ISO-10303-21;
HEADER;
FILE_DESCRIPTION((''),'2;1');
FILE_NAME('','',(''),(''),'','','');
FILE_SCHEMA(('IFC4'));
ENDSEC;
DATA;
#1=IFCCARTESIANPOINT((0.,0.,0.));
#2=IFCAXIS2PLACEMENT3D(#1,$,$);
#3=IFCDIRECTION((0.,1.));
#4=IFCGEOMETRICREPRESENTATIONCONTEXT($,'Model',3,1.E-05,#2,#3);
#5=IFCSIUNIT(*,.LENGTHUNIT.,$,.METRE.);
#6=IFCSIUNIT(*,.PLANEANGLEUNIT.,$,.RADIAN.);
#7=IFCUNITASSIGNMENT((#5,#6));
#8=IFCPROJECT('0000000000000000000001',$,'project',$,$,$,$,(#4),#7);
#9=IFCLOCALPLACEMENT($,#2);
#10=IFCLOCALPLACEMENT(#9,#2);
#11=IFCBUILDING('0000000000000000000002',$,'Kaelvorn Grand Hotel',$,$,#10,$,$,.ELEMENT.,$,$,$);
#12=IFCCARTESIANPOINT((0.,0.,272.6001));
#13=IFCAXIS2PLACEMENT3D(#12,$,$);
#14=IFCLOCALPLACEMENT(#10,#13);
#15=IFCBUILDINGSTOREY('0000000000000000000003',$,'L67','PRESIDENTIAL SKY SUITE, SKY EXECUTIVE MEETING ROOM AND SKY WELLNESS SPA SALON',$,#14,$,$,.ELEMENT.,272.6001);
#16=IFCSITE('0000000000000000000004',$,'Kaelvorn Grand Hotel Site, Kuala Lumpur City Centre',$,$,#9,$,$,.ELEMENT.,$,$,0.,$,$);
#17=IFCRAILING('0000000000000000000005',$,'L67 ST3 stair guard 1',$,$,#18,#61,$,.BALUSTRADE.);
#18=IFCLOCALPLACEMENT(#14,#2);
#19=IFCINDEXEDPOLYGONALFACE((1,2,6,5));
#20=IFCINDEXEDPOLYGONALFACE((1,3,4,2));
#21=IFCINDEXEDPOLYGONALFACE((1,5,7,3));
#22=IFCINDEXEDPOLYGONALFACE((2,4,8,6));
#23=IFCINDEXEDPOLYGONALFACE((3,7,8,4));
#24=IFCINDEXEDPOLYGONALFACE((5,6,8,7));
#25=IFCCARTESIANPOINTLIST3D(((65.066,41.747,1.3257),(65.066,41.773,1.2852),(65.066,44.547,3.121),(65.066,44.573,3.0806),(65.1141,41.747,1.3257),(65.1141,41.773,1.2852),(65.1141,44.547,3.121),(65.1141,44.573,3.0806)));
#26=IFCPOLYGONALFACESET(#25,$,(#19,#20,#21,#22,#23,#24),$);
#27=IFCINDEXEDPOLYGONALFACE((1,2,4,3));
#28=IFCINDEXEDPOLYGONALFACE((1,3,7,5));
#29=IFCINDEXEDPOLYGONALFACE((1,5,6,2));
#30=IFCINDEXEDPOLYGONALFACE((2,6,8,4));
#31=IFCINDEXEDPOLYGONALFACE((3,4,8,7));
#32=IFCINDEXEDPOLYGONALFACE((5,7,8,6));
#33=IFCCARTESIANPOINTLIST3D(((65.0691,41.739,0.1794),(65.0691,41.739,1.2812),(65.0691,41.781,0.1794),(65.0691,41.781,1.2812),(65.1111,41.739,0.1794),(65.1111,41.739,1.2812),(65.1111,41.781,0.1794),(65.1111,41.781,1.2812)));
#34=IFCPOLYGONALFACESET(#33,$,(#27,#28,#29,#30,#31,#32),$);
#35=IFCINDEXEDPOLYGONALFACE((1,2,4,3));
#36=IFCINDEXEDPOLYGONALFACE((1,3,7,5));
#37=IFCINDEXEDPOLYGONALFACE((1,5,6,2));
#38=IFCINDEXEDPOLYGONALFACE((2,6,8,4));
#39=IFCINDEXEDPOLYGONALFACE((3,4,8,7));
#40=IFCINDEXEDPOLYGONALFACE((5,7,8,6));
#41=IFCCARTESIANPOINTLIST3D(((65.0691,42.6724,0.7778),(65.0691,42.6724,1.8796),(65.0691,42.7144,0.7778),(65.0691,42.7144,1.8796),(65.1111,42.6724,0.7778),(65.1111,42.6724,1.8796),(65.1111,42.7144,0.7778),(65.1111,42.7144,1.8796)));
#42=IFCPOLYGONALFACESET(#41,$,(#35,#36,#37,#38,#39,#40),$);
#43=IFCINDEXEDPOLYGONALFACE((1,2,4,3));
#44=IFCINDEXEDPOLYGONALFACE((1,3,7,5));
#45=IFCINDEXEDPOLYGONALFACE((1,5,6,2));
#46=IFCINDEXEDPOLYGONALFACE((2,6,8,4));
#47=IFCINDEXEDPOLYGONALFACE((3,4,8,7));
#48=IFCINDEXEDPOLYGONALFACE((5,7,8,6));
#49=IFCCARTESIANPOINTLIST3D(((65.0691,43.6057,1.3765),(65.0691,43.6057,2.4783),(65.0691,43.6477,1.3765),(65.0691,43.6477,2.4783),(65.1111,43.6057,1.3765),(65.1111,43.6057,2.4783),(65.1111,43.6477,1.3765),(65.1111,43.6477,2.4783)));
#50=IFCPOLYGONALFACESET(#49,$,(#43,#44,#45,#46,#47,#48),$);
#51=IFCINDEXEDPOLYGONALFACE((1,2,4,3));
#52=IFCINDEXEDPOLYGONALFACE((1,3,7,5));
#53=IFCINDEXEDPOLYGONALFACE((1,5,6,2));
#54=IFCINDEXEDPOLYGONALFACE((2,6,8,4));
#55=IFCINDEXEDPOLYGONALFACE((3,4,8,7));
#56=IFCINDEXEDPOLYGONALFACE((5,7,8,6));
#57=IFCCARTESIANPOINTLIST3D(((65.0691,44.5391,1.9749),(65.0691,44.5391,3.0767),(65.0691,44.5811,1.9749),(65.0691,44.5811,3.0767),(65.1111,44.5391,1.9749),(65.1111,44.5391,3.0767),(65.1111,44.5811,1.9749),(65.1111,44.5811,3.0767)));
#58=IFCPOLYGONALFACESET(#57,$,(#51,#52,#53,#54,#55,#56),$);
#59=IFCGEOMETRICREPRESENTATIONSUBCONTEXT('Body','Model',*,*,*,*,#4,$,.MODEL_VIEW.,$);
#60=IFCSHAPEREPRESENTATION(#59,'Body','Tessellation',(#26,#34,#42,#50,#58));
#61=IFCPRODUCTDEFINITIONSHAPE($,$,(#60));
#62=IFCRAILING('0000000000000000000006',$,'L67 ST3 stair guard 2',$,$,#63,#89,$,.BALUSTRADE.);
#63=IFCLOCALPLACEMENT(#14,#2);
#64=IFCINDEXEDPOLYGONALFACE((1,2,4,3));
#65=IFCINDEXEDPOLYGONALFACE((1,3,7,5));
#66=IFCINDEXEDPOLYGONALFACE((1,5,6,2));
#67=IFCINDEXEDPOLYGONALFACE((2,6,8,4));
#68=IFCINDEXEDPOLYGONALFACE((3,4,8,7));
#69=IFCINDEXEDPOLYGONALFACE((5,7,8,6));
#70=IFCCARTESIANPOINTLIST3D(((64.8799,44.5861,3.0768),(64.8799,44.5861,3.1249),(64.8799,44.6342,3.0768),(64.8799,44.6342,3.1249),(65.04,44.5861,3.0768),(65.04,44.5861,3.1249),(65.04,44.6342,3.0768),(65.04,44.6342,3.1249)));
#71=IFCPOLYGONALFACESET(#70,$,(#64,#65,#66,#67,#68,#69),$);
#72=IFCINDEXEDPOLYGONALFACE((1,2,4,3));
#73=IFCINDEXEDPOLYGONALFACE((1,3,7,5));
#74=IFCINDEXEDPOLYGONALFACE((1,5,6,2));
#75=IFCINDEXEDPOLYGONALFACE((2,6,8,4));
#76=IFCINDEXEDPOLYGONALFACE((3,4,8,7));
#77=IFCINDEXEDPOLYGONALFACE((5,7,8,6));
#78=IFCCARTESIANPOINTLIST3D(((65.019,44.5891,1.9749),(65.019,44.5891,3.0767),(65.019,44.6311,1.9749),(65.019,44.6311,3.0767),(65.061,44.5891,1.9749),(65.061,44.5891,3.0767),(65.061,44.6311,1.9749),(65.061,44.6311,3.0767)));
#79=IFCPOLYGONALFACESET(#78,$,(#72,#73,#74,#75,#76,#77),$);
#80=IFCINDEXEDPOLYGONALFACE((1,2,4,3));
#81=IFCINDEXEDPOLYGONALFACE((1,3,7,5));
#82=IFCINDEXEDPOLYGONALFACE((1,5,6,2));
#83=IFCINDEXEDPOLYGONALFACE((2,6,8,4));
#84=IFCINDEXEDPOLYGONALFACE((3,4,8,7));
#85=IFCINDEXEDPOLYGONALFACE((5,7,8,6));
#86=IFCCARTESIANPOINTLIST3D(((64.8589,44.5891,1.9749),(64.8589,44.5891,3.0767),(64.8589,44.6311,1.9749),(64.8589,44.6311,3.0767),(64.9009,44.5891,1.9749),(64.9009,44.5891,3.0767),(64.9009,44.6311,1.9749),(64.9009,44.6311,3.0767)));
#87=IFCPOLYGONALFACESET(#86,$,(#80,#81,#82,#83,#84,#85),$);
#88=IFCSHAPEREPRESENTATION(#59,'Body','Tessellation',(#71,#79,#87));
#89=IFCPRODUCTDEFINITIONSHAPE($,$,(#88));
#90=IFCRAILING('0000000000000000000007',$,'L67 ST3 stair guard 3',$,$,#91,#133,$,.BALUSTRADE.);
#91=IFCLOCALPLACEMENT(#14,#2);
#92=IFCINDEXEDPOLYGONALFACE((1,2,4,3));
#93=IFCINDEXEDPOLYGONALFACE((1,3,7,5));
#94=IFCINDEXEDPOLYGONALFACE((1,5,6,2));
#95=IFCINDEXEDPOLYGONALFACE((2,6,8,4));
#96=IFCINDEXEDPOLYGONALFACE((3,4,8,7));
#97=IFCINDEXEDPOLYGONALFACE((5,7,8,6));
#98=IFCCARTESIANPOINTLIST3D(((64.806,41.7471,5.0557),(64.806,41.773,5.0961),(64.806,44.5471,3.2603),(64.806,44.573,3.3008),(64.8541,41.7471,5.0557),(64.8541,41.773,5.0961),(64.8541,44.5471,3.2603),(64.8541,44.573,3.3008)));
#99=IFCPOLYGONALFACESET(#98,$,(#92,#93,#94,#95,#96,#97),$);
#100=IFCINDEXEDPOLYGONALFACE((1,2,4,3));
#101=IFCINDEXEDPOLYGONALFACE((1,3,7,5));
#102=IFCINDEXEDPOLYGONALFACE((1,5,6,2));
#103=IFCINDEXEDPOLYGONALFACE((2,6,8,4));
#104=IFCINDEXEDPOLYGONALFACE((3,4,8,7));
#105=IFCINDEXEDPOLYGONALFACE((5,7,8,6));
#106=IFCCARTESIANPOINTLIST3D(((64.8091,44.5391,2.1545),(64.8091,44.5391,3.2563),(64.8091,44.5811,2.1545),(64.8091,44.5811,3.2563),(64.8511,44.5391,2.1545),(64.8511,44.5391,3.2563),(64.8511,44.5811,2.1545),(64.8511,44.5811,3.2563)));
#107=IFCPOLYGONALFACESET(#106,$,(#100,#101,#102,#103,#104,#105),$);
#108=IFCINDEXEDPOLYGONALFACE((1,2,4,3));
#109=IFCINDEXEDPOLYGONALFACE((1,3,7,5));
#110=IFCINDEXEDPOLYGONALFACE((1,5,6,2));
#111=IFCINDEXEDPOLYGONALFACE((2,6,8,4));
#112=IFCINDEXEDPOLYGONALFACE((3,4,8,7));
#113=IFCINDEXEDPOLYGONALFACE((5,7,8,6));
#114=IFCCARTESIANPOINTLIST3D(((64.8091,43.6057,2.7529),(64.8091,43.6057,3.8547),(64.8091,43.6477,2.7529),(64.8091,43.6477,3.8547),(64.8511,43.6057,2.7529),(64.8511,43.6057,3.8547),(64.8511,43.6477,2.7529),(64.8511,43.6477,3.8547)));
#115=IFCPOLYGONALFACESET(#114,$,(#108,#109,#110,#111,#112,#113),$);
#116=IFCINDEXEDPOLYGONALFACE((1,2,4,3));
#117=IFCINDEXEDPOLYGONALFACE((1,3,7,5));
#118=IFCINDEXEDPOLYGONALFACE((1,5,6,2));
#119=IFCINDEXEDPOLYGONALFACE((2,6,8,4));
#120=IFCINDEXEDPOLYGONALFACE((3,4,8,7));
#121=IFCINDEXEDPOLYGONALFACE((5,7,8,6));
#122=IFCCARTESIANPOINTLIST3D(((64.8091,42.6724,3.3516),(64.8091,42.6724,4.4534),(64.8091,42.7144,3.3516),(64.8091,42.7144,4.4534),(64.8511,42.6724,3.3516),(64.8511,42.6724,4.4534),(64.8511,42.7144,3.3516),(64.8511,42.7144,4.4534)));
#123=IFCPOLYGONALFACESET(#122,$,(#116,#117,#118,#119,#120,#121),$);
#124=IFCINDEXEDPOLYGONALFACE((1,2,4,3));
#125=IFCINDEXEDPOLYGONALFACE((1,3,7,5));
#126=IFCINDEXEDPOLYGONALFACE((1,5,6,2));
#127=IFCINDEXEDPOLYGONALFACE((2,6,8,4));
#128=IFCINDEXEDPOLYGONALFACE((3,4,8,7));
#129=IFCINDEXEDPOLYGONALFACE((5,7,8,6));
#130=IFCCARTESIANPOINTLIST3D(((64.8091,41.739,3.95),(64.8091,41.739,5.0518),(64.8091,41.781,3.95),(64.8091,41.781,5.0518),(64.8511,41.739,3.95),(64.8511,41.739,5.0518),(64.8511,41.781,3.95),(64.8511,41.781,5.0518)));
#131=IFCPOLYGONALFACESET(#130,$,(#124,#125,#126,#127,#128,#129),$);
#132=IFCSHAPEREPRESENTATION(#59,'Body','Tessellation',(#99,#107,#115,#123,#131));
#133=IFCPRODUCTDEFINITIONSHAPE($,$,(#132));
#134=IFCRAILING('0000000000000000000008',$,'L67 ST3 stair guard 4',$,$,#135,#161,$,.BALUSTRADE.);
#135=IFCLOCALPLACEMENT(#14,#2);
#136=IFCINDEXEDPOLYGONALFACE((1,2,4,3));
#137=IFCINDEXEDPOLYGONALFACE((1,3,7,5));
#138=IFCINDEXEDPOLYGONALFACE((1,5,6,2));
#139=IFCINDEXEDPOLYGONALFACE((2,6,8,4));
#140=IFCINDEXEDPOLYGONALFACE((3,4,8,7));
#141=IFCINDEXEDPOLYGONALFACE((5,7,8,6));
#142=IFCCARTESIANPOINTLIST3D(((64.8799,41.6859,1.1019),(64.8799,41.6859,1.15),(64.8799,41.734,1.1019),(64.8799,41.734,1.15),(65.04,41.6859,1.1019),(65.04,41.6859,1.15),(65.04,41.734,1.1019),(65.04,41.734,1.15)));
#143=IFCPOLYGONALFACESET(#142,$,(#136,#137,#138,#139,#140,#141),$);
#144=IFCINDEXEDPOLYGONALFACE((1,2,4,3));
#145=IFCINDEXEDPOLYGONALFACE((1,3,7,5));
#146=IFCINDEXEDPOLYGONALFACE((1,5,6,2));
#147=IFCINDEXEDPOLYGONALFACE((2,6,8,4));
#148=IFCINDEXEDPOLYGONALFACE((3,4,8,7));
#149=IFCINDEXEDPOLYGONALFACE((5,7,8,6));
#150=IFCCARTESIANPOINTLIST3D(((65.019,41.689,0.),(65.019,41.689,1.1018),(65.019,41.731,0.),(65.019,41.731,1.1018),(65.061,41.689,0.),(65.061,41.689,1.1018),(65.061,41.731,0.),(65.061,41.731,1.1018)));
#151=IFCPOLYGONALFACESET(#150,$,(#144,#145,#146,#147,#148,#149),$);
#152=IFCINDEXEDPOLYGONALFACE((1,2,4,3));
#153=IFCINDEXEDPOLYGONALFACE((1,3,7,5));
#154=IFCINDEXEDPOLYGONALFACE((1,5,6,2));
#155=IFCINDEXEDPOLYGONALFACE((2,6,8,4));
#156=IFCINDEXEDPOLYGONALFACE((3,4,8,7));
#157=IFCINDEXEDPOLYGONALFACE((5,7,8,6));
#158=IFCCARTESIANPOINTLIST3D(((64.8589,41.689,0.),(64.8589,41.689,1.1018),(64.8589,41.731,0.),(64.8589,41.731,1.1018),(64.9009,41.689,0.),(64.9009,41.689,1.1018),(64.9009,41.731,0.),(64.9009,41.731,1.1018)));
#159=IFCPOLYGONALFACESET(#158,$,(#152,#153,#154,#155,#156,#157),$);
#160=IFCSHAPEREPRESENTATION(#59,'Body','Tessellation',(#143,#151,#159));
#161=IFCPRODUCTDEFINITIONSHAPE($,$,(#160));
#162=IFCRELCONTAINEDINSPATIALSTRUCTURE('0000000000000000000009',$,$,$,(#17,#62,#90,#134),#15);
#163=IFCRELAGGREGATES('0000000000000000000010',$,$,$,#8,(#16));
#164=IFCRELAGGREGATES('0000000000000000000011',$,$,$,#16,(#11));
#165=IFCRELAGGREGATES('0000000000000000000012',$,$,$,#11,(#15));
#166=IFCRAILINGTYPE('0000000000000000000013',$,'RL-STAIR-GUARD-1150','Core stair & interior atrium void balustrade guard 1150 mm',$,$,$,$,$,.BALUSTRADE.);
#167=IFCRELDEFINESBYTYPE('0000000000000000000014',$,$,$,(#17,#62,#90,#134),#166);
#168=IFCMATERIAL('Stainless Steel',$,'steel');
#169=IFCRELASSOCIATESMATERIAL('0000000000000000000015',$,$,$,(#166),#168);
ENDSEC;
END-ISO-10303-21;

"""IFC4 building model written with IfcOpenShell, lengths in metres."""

from ifc_helpers import new_model, si_unit, direction, frame, origin, origin_2d, place, context, subcontext, project, spatial, rectangle, extrude, material, type_object, element, save


model = new_model("IFC4")

# Units and contexts
model_context = context("Model", 3, precision=1e-05, world=origin(), true_north=direction((0.0, 1.0)))
body_context = subcontext(model_context, "Body", "Model", "MODEL_VIEW")
ifc_project = project(units=[si_unit("LENGTHUNIT", "METRE"), si_unit("PLANEANGLEUNIT", "RADIAN")], contexts=[model_context])

# Site, building, storey
site_placement = place(None, origin())
site = spatial("IfcSite", under=ifc_project, at=site_placement, Name="Kaelvorn Grand Hotel Site, Kuala Lumpur City Centre", CompositionType="ELEMENT", RefElevation=0.0)
building_placement = place(site_placement, origin())
building = spatial("IfcBuilding", under=site, at=building_placement, Name="Kaelvorn Grand Hotel", CompositionType="ELEMENT")
storey_placement = place(building_placement, frame((0.0, 0.0, 272.6001)))
storey = spatial("IfcBuildingStorey", under=building, at=storey_placement, Name="L67", Description="PRESIDENTIAL SKY SUITE, SKY EXECUTIVE MEETING ROOM AND SKY WELLNESS SPA SALON", CompositionType="ELEMENT", Elevation=272.6001)

# Shared definitions
ifc_material_1 = material(Name="Stainless Steel", Category="steel")

# Railings
railing_type_1 = type_object("IfcRailingType", Name="RL-STAIR-GUARD-1150", Description="Core stair & interior atrium void balustrade guard 1150 mm", PredefinedType="BALUSTRADE", material=ifc_material_1)
railing_1_placement = place(storey_placement, frame((65.0901, 41.76, 0.1794)))
element("IfcRailing", 1, at=railing_1_placement, inside=storey, type_object=railing_type_1, Name="L67 ST3 stair guard 1", PredefinedType="BALUSTRADE", context=body_context, shape_type="SweptSolid", body=[
    extrude(rectangle(XDim=0.0481, YDim=0.0481, at=origin_2d()), frame((0.0, 0.0, 1.126), z_axis=(0.0, 0.84181, 0.539774), x_axis=(-1.0, 0.0, 0.0)), (0.0, 0.0, 1.0), 3.3262),
    extrude(rectangle(XDim=0.042, YDim=0.042, at=origin_2d()), origin(), (0.0, 0.0, 1.0), 1.1018),
    extrude(rectangle(XDim=0.042, YDim=0.042, at=origin_2d()), frame((0.0, 0.9333, 0.5984)), (0.0, 0.0, 1.0), 1.1018),
    extrude(rectangle(XDim=0.042, YDim=0.042, at=origin_2d()), frame((0.0, 1.8667, 1.197)), (0.0, 0.0, 1.0), 1.1018),
    extrude(rectangle(XDim=0.042, YDim=0.042, at=origin_2d()), frame((0.0, 2.8, 1.7954)), (0.0, 0.0, 1.0), 1.1018),
])
railing_2_placement = place(storey_placement, frame((65.04, 44.6101, 1.9749)))
element("IfcRailing", 2, at=railing_2_placement, inside=storey, type_object=railing_type_1, Name="L67 ST3 stair guard 2", PredefinedType="BALUSTRADE", context=body_context, shape_type="SweptSolid", body=[
    extrude(rectangle(XDim=0.0481, YDim=0.0481, at=origin_2d()), frame((0.0, 0.0, 1.126), z_axis=(-1.0, 0.0, 0.0), x_axis=(0.0, -1.0, 0.0)), (0.0, 0.0, 1.0), 0.1602),
    extrude(rectangle(XDim=0.042, YDim=0.042, at=origin_2d()), origin(), (0.0, 0.0, 1.0), 1.1018),
    extrude(rectangle(XDim=0.042, YDim=0.042, at=origin_2d()), frame((-0.1602, 0.0, 0.0)), (0.0, 0.0, 1.0), 1.1018),
])
railing_3_placement = place(storey_placement, frame((64.8301, 44.5601, 2.1545)))
element("IfcRailing", 3, at=railing_3_placement, inside=storey, type_object=railing_type_1, Name="L67 ST3 stair guard 3", PredefinedType="BALUSTRADE", context=body_context, shape_type="SweptSolid", body=[
    extrude(rectangle(XDim=0.0481, YDim=0.0481, at=origin_2d()), frame((0.0, 0.0, 1.126), z_axis=(0.0, -0.84181, 0.539774), x_axis=(1.0, 0.0, 0.0)), (0.0, 0.0, 1.0), 3.3262),
    extrude(rectangle(XDim=0.042, YDim=0.042, at=origin_2d()), origin(), (0.0, 0.0, 1.0), 1.1018),
    extrude(rectangle(XDim=0.042, YDim=0.042, at=origin_2d()), frame((0.0, -0.9333, 0.5984)), (0.0, 0.0, 1.0), 1.1018),
    extrude(rectangle(XDim=0.042, YDim=0.042, at=origin_2d()), frame((0.0, -1.8667, 1.197)), (0.0, 0.0, 1.0), 1.1018),
    extrude(rectangle(XDim=0.042, YDim=0.042, at=origin_2d()), frame((0.0, -2.8, 1.7954)), (0.0, 0.0, 1.0), 1.1018),
])
railing_4_placement = place(storey_placement, frame((65.04, 41.71, 0.0)))
element("IfcRailing", 4, at=railing_4_placement, inside=storey, type_object=railing_type_1, Name="L67 ST3 stair guard 4", PredefinedType="BALUSTRADE", context=body_context, shape_type="SweptSolid", body=[
    extrude(rectangle(XDim=0.0481, YDim=0.0481, at=origin_2d()), frame((0.0, 0.0, 1.126), z_axis=(-1.0, 0.0, 0.0), x_axis=(0.0, -1.0, 0.0)), (0.0, 0.0, 1.0), 0.1602),
    extrude(rectangle(XDim=0.042, YDim=0.042, at=origin_2d()), origin(), (0.0, 0.0, 1.0), 1.1018),
    extrude(rectangle(XDim=0.042, YDim=0.042, at=origin_2d()), frame((-0.1602, 0.0, 0.0)), (0.0, 0.0, 1.0), 1.1018),
])

save(model, "model.ifc")
